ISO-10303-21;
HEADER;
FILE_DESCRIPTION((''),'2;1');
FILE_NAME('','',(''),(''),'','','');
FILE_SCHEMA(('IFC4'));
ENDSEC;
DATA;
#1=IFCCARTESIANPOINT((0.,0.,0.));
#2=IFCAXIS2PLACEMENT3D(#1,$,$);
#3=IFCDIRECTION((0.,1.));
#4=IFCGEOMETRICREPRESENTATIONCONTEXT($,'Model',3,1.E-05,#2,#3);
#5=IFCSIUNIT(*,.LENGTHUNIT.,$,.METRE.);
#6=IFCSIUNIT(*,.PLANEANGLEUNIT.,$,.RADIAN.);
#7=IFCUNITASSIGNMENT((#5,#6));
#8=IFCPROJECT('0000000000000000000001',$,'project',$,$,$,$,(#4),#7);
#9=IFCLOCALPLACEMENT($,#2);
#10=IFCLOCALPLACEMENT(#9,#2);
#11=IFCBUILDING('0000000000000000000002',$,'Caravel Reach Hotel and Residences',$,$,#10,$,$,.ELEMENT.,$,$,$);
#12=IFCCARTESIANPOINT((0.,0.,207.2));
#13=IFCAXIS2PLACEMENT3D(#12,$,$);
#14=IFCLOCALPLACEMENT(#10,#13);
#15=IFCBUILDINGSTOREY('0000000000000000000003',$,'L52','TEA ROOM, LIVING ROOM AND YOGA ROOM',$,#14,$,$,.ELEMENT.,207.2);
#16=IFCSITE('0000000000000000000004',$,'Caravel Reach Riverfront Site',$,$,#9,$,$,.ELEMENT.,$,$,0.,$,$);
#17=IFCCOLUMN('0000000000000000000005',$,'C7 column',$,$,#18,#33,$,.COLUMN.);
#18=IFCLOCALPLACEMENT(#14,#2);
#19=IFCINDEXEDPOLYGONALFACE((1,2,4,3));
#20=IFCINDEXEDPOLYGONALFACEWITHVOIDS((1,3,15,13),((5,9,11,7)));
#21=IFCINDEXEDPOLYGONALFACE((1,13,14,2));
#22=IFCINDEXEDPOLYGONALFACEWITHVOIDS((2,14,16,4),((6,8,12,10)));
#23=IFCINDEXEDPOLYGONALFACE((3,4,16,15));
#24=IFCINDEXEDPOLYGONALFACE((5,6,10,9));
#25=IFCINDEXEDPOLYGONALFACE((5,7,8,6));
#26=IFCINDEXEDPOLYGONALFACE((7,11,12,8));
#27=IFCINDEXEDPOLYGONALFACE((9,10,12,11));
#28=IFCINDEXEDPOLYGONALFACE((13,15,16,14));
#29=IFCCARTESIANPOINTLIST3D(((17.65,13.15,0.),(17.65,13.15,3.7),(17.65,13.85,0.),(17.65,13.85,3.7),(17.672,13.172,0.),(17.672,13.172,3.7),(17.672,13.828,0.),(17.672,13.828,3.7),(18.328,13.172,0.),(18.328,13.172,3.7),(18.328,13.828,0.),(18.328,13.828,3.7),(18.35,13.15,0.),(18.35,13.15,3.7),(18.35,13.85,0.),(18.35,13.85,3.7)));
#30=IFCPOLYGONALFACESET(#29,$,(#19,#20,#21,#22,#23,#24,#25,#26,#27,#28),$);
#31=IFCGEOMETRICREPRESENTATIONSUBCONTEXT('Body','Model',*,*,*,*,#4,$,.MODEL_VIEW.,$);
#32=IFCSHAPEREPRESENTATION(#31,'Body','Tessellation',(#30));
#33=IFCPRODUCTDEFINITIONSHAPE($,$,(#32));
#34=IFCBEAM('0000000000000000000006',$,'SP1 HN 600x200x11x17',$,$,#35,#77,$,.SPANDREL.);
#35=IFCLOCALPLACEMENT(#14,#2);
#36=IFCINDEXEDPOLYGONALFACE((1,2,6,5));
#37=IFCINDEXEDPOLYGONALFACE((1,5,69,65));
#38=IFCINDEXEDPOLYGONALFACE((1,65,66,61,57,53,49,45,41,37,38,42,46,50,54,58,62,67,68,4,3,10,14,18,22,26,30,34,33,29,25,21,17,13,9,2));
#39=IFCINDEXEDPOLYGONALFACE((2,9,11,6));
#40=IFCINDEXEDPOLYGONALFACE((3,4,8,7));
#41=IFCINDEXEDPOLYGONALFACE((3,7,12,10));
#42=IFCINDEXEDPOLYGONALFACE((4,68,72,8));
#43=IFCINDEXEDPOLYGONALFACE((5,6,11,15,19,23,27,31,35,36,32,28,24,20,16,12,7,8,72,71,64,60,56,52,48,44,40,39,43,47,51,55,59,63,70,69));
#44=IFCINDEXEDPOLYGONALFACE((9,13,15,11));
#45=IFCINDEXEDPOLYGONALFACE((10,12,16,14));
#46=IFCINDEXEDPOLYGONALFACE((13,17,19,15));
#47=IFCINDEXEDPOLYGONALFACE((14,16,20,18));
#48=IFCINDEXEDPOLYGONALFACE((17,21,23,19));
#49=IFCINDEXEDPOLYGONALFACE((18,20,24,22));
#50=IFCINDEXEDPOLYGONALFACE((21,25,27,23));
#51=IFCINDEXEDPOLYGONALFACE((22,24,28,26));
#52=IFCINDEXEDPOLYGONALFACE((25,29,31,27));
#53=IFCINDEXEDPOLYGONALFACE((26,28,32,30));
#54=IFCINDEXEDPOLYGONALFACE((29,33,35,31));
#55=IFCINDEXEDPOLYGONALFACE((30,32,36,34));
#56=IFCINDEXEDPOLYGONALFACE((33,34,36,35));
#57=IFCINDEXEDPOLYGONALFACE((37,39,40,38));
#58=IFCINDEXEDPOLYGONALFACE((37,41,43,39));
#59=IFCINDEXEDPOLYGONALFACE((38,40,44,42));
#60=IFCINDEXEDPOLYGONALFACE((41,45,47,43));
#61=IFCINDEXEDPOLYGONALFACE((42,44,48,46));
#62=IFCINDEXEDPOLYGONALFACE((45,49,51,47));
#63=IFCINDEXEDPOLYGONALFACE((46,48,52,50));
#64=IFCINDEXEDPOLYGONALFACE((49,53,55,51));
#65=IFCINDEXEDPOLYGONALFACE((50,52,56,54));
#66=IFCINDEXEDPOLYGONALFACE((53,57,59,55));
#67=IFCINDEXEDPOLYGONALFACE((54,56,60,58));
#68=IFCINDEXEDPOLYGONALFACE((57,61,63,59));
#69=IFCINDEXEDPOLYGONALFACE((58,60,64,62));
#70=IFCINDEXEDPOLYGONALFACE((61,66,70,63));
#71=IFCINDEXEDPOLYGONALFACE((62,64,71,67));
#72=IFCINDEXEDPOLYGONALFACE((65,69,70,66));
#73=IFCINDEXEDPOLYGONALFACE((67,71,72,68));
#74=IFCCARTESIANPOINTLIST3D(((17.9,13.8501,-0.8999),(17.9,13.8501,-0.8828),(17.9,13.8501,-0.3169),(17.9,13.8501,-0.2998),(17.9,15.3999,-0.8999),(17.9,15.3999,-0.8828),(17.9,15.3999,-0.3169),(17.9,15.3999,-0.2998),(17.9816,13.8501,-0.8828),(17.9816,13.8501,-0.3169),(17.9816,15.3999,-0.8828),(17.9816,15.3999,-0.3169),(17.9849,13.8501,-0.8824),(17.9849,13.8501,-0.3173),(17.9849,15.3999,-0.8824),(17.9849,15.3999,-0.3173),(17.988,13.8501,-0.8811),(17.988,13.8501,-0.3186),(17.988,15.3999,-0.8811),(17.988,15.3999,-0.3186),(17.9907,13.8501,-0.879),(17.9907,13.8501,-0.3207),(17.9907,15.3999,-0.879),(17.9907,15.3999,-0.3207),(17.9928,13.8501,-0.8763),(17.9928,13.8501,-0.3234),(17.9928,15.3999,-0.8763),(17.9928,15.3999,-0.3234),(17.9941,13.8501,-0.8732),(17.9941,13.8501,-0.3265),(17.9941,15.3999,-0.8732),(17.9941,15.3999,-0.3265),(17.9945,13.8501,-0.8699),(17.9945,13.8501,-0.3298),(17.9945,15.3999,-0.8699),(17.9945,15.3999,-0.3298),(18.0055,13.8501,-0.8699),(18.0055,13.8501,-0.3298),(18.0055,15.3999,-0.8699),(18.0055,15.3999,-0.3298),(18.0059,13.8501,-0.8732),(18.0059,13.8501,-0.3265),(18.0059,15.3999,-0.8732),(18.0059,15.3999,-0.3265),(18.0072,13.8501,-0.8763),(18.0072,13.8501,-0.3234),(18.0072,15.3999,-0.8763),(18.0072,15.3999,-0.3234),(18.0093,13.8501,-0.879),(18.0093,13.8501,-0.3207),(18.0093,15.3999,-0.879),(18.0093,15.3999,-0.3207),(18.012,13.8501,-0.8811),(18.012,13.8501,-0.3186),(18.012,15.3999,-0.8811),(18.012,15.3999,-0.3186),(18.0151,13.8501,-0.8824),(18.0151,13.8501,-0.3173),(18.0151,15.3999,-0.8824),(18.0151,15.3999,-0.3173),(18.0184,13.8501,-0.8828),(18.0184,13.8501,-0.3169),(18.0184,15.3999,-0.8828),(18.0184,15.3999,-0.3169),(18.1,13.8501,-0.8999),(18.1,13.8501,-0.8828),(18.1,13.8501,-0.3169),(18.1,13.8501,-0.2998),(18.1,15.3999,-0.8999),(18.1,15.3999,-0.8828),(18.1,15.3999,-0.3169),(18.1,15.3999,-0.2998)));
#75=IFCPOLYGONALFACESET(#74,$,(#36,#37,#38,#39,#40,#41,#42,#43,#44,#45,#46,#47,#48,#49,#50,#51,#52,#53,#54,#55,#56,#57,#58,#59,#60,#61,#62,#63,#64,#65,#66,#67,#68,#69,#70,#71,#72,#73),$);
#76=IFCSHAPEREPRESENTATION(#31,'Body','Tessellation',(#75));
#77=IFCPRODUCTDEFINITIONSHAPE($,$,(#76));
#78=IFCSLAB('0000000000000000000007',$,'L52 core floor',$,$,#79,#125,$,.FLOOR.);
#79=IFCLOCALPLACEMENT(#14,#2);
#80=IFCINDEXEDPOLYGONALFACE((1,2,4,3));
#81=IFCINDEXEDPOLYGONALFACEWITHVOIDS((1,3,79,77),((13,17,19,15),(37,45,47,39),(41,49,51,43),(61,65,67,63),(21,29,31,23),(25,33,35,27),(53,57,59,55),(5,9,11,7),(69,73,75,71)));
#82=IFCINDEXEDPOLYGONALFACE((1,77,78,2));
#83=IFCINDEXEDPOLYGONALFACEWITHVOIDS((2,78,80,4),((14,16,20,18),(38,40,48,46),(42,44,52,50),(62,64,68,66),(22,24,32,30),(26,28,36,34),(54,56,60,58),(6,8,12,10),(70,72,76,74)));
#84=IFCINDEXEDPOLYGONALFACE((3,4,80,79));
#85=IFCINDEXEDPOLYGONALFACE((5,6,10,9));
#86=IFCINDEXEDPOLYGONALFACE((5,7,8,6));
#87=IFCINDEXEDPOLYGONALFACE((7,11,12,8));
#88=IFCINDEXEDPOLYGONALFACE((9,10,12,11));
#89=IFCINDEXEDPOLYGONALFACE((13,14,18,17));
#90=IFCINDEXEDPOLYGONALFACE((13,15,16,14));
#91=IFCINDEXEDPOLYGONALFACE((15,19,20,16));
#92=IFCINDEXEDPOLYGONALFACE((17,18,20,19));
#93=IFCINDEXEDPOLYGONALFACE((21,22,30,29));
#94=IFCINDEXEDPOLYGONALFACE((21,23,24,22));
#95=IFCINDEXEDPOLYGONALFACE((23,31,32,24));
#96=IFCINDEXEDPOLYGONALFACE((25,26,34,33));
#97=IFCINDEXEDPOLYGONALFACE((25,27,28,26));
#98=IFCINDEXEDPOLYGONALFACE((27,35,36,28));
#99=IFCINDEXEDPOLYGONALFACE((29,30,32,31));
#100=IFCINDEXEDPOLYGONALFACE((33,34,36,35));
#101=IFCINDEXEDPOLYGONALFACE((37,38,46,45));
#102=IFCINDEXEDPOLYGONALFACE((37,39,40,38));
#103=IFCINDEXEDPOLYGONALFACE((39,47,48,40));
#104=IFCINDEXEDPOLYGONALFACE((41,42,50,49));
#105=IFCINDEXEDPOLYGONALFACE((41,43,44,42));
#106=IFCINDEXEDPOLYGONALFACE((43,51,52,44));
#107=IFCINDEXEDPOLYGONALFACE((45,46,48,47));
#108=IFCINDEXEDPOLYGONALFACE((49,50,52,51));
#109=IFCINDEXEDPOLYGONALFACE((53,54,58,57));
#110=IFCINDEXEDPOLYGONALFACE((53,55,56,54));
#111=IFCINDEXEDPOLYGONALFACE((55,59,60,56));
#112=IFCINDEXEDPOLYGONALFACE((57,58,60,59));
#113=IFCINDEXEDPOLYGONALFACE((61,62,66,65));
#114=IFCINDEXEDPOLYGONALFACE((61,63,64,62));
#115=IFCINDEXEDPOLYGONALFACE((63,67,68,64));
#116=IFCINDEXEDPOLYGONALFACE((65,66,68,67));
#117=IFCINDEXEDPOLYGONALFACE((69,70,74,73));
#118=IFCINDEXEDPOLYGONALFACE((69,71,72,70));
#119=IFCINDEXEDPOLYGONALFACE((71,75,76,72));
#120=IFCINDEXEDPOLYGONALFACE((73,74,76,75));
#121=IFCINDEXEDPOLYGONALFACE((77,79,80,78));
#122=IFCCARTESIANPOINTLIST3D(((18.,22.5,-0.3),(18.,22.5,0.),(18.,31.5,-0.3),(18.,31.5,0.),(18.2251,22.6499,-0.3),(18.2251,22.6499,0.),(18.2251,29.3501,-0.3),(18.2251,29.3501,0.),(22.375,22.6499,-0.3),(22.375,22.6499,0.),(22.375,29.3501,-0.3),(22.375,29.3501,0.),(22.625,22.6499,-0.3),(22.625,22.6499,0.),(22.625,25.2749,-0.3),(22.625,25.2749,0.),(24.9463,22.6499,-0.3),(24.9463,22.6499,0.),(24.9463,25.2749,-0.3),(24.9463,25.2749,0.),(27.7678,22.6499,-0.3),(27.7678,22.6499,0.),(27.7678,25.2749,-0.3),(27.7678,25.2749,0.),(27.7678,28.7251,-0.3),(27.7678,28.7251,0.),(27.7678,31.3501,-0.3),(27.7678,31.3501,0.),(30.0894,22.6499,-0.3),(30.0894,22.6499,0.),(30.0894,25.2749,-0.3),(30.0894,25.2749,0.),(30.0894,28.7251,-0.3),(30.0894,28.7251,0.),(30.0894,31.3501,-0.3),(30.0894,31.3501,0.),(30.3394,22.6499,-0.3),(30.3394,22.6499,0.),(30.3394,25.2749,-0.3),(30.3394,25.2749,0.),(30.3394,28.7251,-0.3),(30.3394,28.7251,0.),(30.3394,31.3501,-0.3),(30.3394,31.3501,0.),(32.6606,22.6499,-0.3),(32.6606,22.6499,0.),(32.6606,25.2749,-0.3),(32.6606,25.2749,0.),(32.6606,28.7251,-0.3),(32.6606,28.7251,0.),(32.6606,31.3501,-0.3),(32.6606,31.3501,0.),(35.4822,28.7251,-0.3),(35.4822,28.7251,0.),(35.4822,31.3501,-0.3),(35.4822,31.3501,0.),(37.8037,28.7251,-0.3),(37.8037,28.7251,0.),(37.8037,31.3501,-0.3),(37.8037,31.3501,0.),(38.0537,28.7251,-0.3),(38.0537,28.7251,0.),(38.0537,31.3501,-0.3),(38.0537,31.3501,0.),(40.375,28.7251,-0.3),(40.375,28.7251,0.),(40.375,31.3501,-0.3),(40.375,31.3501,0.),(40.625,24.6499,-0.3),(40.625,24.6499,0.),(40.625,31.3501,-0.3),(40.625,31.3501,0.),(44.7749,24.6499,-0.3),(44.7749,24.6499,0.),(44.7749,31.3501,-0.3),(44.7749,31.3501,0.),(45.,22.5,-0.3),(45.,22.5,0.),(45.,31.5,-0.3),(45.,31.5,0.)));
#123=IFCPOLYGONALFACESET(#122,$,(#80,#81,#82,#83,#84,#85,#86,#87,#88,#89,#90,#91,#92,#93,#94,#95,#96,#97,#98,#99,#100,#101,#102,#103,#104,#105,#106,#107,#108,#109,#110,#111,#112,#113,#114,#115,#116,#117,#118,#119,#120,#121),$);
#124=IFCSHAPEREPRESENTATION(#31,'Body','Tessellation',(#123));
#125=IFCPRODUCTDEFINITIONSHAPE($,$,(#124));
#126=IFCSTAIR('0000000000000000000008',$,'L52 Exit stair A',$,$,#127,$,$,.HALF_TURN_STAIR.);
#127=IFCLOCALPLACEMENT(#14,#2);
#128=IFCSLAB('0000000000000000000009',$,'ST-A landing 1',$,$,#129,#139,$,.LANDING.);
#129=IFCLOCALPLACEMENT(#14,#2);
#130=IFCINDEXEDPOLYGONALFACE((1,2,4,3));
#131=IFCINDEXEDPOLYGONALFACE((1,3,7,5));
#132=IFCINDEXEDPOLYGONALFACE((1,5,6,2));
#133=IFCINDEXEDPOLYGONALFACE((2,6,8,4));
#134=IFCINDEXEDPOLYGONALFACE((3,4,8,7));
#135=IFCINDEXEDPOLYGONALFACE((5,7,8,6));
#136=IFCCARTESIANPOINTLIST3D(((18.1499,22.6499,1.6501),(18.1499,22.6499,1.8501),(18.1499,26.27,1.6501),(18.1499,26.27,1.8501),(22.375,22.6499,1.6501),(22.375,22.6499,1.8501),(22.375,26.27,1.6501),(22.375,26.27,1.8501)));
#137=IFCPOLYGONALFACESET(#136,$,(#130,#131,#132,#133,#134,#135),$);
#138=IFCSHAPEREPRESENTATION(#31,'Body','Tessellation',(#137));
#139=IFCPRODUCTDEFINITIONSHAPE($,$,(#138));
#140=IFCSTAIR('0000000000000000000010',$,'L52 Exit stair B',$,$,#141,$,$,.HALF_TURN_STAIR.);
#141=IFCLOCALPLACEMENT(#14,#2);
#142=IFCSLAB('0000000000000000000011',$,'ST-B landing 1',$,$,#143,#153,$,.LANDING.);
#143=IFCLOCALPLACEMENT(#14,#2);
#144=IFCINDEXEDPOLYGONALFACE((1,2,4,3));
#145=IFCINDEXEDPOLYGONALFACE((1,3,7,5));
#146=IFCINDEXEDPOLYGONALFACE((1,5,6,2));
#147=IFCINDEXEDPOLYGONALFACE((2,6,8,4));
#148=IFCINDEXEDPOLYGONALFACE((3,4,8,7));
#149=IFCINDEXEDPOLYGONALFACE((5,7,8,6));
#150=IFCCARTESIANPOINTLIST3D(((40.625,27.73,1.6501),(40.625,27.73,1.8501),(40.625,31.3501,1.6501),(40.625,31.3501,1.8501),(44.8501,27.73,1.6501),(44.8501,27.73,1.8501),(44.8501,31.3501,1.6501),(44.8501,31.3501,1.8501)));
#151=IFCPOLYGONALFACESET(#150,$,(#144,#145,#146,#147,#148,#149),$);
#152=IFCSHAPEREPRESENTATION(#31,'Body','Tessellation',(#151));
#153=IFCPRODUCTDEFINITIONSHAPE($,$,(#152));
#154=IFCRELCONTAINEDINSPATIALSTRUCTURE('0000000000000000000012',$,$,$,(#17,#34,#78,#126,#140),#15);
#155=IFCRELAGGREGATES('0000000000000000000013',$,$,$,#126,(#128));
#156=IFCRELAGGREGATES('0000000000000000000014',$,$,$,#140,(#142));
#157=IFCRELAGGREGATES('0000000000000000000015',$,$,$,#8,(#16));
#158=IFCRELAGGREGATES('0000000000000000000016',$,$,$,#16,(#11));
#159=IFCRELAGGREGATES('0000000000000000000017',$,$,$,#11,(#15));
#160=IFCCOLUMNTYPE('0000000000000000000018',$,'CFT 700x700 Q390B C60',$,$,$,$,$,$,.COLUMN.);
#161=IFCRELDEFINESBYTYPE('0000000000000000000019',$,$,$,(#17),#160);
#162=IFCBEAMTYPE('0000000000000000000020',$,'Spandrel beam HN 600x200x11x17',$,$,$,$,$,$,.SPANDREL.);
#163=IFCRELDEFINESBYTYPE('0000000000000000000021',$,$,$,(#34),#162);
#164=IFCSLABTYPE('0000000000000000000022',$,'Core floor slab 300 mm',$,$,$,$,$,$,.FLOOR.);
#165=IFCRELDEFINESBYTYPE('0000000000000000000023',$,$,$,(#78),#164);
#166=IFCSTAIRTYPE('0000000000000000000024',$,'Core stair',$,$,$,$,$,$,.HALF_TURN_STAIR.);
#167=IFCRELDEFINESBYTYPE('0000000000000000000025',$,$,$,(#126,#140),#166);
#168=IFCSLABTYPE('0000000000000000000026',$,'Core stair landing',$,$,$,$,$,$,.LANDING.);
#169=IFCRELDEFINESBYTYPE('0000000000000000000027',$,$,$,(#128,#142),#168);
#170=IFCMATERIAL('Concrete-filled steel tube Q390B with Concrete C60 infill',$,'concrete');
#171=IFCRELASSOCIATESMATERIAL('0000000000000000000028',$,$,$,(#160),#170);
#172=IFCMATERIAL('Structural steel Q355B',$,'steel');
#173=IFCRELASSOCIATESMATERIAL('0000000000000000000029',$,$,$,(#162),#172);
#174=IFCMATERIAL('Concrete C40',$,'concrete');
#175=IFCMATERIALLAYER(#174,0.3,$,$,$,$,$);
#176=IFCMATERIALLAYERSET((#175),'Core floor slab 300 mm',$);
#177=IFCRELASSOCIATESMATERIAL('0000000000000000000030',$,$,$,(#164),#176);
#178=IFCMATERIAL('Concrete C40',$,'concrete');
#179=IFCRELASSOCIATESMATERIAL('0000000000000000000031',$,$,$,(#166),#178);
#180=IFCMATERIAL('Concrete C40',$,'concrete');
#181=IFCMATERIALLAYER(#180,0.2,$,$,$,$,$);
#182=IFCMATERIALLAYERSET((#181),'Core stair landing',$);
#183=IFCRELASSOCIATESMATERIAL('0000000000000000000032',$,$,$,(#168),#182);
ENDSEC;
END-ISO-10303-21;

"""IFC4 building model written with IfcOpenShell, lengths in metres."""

from ifc_helpers import new_model, si_unit, direction, frame, origin, origin_2d, place, context, subcontext, project, spatial, polyline, hollow_rectangle, i_section, outline, extrude, material, layer, layer_set, material_profile, profile_set, type_object, element, aggregate, save


model = new_model("IFC4")

# Units and contexts
model_context = context("Model", 3, precision=1e-05, world=origin(), true_north=direction((0.0, 1.0)))
body_context = subcontext(model_context, "Body", "Model", "MODEL_VIEW")
ifc_project = project(units=[si_unit("LENGTHUNIT", "METRE"), si_unit("PLANEANGLEUNIT", "RADIAN")], contexts=[model_context])

# Site, building, storey
site_placement = place(None, origin())
site = spatial("IfcSite", under=ifc_project, at=site_placement, Name="Caravel Reach Riverfront Site", CompositionType="ELEMENT", RefElevation=0.0)
building_placement = place(site_placement, origin())
building = spatial("IfcBuilding", under=site, at=building_placement, Name="Caravel Reach Hotel and Residences", CompositionType="ELEMENT")
storey_placement = place(building_placement, frame((0.0, 0.0, 207.2)))
storey = spatial("IfcBuildingStorey", under=building, at=storey_placement, Name="L52", Description="TEA ROOM, LIVING ROOM AND YOGA ROOM", CompositionType="ELEMENT", Elevation=207.2)

# Column
ifc_material_1 = material(Name="Concrete-filled steel tube Q390B with Concrete C60 infill", Category="concrete")
ifc_material_profile_1 = material_profile(ifc_material_1, hollow_rectangle(XDim=0.7, YDim=0.7, WallThickness=0.022, at=origin_2d()), Name="RHS 700x700x22")
ifc_profile_set_1 = profile_set([ifc_material_profile_1], Name="Concrete-filled steel tube Q390B with Concrete C60 infill")
column_type = type_object("IfcColumnType", Name="CFT 700x700 Q390B C60", PredefinedType="COLUMN", material=ifc_profile_set_1)
column_placement = place(storey_placement, frame((18.0, 13.5, 0.0), z_axis=(0.0, 0.0, 1.0), x_axis=(1.0, 0.0, 0.0)))
element("IfcColumn", 1, at=column_placement, inside=storey, type_object=column_type, Name="C7 column", PredefinedType="COLUMN", context=body_context, shape_type="SweptSolid", body=[
    extrude(hollow_rectangle(XDim=0.7, YDim=0.7, WallThickness=0.022, at=origin_2d()), origin(), (0.0, 0.0, 1.0), 3.7),
])

# Beam
ifc_material_2 = material(Name="Structural steel Q355B", Category="steel")
ifc_material_profile_2 = material_profile(ifc_material_2, i_section(OverallWidth=0.2, OverallDepth=0.6001, WebThickness=0.011, FlangeThickness=0.0171, FilletRadius=0.0129, at=origin_2d()), Name="HN 600x200x11x17")
ifc_profile_set_2 = profile_set([ifc_material_profile_2], Name="Structural steel Q355B")
beam_type = type_object("IfcBeamType", Name="Spandrel beam HN 600x200x11x17", PredefinedType="SPANDREL", material=ifc_profile_set_2)
beam_placement = place(storey_placement, frame((18.0, 15.3999, -0.5999), z_axis=(0.0, -1.0, 0.0), x_axis=(1.0, 0.0, 0.0)))
element("IfcBeam", 2, at=beam_placement, inside=storey, type_object=beam_type, Name="SP1 HN 600x200x11x17", PredefinedType="SPANDREL", context=body_context, shape_type="SweptSolid", body=[
    extrude(i_section(OverallWidth=0.2, OverallDepth=0.6001, WebThickness=0.011, FlangeThickness=0.0171, FilletRadius=0.0129, at=origin_2d()), origin(), (0.0, 0.0, 1.0), 1.5498),
])

# Slab
ifc_material_3 = material(Name="Concrete C40", Category="concrete")
ifc_layer_1 = layer(ifc_material_3, 0.3)
ifc_layer_set_1 = layer_set([ifc_layer_1], Name="Core floor slab 300 mm")
slab_type_1 = type_object("IfcSlabType", Name="Core floor slab 300 mm", PredefinedType="FLOOR", material=ifc_layer_set_1)
slab_1_placement = place(storey_placement, frame((0.0, 0.0, -0.3)))
element("IfcSlab", 3, at=slab_1_placement, inside=storey, type_object=slab_type_1, Name="L52 core floor", PredefinedType="FLOOR", context=body_context, shape_type="SweptSolid", body=[
    extrude(outline(polyline([(18.0, 31.5), (45.0, 31.5), (45.0, 22.5), (18.0, 22.5), (18.0, 31.5)]), holes=[polyline([(22.625, 25.2749), (22.625, 22.6499), (24.9463, 22.6499), (24.9463, 25.2749), (22.625, 25.2749)]), polyline([(27.7678, 25.2749), (27.7678, 22.6499), (30.0894, 22.6499), (30.0894, 25.2749), (27.7678, 25.2749)]), polyline([(30.3394, 25.2749), (30.3394, 22.6499), (32.6606, 22.6499), (32.6606, 25.2749), (30.3394, 25.2749)]), polyline([(22.375, 22.6499), (22.375, 29.3501), (18.2251, 29.3501), (18.2251, 22.6499), (22.375, 22.6499)]), polyline([(40.625, 31.3501), (40.625, 24.6499), (44.7749, 24.6499), (44.7749, 31.3501), (40.625, 31.3501)]), polyline([(27.7678, 31.3501), (27.7678, 28.7251), (30.0894, 28.7251), (30.0894, 31.3501), (27.7678, 31.3501)]), polyline([(30.3394, 31.3501), (30.3394, 28.7251), (32.6606, 28.7251), (32.6606, 31.3501), (30.3394, 31.3501)]), polyline([(37.8037, 31.3501), (35.4822, 31.3501), (35.4822, 28.7251), (37.8037, 28.7251), (37.8037, 31.3501)]), polyline([(40.375, 31.3501), (38.0537, 31.3501), (38.0537, 28.7251), (40.375, 28.7251), (40.375, 31.3501)])]), origin(), (0.0, 0.0, 1.0), 0.3),
])

# Stairs, slabs
ifc_material_4 = material(Name="Concrete C40", Category="concrete")
stair_type = type_object("IfcStairType", Name="Core stair", PredefinedType="HALF_TURN_STAIR", material=ifc_material_4)
stair_1_placement = place(storey_placement, origin())
stair_1 = element("IfcStair", 4, at=stair_1_placement, inside=storey, type_object=stair_type, Name="L52 Exit stair A", PredefinedType="HALF_TURN_STAIR")
ifc_material_5 = material(Name="Concrete C40", Category="concrete")
ifc_layer_2 = layer(ifc_material_5, 0.2)
ifc_layer_set_2 = layer_set([ifc_layer_2], Name="Core stair landing")
slab_type_2 = type_object("IfcSlabType", Name="Core stair landing", PredefinedType="LANDING", material=ifc_layer_set_2)
slab_2_placement = place(storey_placement, frame((0.0, 0.0, 1.6501)))
slab_2 = element("IfcSlab", 5, at=slab_2_placement, type_object=slab_type_2, Name="ST-A landing 1", PredefinedType="LANDING", context=body_context, shape_type="SweptSolid", body=[
    extrude(outline(polyline([(18.1499, 26.27), (18.1499, 22.6499), (22.375, 22.6499), (22.375, 26.27), (18.1499, 26.27)])), origin(), (0.0, 0.0, 1.0), 0.2),
])
aggregate(stair_1, [slab_2])
stair_2_placement = place(storey_placement, origin())
stair_2 = element("IfcStair", 6, at=stair_2_placement, inside=storey, type_object=stair_type, Name="L52 Exit stair B", PredefinedType="HALF_TURN_STAIR")
slab_3_placement = place(storey_placement, frame((0.0, 0.0, 1.6501)))
slab_3 = element("IfcSlab", 7, at=slab_3_placement, type_object=slab_type_2, Name="ST-B landing 1", PredefinedType="LANDING", context=body_context, shape_type="SweptSolid", body=[
    extrude(outline(polyline([(44.8501, 27.73), (44.8501, 31.3501), (40.625, 31.3501), (40.625, 27.73), (44.8501, 27.73)])), origin(), (0.0, 0.0, 1.0), 0.2),
])
aggregate(stair_2, [slab_3])

save(model, "model.ifc")
